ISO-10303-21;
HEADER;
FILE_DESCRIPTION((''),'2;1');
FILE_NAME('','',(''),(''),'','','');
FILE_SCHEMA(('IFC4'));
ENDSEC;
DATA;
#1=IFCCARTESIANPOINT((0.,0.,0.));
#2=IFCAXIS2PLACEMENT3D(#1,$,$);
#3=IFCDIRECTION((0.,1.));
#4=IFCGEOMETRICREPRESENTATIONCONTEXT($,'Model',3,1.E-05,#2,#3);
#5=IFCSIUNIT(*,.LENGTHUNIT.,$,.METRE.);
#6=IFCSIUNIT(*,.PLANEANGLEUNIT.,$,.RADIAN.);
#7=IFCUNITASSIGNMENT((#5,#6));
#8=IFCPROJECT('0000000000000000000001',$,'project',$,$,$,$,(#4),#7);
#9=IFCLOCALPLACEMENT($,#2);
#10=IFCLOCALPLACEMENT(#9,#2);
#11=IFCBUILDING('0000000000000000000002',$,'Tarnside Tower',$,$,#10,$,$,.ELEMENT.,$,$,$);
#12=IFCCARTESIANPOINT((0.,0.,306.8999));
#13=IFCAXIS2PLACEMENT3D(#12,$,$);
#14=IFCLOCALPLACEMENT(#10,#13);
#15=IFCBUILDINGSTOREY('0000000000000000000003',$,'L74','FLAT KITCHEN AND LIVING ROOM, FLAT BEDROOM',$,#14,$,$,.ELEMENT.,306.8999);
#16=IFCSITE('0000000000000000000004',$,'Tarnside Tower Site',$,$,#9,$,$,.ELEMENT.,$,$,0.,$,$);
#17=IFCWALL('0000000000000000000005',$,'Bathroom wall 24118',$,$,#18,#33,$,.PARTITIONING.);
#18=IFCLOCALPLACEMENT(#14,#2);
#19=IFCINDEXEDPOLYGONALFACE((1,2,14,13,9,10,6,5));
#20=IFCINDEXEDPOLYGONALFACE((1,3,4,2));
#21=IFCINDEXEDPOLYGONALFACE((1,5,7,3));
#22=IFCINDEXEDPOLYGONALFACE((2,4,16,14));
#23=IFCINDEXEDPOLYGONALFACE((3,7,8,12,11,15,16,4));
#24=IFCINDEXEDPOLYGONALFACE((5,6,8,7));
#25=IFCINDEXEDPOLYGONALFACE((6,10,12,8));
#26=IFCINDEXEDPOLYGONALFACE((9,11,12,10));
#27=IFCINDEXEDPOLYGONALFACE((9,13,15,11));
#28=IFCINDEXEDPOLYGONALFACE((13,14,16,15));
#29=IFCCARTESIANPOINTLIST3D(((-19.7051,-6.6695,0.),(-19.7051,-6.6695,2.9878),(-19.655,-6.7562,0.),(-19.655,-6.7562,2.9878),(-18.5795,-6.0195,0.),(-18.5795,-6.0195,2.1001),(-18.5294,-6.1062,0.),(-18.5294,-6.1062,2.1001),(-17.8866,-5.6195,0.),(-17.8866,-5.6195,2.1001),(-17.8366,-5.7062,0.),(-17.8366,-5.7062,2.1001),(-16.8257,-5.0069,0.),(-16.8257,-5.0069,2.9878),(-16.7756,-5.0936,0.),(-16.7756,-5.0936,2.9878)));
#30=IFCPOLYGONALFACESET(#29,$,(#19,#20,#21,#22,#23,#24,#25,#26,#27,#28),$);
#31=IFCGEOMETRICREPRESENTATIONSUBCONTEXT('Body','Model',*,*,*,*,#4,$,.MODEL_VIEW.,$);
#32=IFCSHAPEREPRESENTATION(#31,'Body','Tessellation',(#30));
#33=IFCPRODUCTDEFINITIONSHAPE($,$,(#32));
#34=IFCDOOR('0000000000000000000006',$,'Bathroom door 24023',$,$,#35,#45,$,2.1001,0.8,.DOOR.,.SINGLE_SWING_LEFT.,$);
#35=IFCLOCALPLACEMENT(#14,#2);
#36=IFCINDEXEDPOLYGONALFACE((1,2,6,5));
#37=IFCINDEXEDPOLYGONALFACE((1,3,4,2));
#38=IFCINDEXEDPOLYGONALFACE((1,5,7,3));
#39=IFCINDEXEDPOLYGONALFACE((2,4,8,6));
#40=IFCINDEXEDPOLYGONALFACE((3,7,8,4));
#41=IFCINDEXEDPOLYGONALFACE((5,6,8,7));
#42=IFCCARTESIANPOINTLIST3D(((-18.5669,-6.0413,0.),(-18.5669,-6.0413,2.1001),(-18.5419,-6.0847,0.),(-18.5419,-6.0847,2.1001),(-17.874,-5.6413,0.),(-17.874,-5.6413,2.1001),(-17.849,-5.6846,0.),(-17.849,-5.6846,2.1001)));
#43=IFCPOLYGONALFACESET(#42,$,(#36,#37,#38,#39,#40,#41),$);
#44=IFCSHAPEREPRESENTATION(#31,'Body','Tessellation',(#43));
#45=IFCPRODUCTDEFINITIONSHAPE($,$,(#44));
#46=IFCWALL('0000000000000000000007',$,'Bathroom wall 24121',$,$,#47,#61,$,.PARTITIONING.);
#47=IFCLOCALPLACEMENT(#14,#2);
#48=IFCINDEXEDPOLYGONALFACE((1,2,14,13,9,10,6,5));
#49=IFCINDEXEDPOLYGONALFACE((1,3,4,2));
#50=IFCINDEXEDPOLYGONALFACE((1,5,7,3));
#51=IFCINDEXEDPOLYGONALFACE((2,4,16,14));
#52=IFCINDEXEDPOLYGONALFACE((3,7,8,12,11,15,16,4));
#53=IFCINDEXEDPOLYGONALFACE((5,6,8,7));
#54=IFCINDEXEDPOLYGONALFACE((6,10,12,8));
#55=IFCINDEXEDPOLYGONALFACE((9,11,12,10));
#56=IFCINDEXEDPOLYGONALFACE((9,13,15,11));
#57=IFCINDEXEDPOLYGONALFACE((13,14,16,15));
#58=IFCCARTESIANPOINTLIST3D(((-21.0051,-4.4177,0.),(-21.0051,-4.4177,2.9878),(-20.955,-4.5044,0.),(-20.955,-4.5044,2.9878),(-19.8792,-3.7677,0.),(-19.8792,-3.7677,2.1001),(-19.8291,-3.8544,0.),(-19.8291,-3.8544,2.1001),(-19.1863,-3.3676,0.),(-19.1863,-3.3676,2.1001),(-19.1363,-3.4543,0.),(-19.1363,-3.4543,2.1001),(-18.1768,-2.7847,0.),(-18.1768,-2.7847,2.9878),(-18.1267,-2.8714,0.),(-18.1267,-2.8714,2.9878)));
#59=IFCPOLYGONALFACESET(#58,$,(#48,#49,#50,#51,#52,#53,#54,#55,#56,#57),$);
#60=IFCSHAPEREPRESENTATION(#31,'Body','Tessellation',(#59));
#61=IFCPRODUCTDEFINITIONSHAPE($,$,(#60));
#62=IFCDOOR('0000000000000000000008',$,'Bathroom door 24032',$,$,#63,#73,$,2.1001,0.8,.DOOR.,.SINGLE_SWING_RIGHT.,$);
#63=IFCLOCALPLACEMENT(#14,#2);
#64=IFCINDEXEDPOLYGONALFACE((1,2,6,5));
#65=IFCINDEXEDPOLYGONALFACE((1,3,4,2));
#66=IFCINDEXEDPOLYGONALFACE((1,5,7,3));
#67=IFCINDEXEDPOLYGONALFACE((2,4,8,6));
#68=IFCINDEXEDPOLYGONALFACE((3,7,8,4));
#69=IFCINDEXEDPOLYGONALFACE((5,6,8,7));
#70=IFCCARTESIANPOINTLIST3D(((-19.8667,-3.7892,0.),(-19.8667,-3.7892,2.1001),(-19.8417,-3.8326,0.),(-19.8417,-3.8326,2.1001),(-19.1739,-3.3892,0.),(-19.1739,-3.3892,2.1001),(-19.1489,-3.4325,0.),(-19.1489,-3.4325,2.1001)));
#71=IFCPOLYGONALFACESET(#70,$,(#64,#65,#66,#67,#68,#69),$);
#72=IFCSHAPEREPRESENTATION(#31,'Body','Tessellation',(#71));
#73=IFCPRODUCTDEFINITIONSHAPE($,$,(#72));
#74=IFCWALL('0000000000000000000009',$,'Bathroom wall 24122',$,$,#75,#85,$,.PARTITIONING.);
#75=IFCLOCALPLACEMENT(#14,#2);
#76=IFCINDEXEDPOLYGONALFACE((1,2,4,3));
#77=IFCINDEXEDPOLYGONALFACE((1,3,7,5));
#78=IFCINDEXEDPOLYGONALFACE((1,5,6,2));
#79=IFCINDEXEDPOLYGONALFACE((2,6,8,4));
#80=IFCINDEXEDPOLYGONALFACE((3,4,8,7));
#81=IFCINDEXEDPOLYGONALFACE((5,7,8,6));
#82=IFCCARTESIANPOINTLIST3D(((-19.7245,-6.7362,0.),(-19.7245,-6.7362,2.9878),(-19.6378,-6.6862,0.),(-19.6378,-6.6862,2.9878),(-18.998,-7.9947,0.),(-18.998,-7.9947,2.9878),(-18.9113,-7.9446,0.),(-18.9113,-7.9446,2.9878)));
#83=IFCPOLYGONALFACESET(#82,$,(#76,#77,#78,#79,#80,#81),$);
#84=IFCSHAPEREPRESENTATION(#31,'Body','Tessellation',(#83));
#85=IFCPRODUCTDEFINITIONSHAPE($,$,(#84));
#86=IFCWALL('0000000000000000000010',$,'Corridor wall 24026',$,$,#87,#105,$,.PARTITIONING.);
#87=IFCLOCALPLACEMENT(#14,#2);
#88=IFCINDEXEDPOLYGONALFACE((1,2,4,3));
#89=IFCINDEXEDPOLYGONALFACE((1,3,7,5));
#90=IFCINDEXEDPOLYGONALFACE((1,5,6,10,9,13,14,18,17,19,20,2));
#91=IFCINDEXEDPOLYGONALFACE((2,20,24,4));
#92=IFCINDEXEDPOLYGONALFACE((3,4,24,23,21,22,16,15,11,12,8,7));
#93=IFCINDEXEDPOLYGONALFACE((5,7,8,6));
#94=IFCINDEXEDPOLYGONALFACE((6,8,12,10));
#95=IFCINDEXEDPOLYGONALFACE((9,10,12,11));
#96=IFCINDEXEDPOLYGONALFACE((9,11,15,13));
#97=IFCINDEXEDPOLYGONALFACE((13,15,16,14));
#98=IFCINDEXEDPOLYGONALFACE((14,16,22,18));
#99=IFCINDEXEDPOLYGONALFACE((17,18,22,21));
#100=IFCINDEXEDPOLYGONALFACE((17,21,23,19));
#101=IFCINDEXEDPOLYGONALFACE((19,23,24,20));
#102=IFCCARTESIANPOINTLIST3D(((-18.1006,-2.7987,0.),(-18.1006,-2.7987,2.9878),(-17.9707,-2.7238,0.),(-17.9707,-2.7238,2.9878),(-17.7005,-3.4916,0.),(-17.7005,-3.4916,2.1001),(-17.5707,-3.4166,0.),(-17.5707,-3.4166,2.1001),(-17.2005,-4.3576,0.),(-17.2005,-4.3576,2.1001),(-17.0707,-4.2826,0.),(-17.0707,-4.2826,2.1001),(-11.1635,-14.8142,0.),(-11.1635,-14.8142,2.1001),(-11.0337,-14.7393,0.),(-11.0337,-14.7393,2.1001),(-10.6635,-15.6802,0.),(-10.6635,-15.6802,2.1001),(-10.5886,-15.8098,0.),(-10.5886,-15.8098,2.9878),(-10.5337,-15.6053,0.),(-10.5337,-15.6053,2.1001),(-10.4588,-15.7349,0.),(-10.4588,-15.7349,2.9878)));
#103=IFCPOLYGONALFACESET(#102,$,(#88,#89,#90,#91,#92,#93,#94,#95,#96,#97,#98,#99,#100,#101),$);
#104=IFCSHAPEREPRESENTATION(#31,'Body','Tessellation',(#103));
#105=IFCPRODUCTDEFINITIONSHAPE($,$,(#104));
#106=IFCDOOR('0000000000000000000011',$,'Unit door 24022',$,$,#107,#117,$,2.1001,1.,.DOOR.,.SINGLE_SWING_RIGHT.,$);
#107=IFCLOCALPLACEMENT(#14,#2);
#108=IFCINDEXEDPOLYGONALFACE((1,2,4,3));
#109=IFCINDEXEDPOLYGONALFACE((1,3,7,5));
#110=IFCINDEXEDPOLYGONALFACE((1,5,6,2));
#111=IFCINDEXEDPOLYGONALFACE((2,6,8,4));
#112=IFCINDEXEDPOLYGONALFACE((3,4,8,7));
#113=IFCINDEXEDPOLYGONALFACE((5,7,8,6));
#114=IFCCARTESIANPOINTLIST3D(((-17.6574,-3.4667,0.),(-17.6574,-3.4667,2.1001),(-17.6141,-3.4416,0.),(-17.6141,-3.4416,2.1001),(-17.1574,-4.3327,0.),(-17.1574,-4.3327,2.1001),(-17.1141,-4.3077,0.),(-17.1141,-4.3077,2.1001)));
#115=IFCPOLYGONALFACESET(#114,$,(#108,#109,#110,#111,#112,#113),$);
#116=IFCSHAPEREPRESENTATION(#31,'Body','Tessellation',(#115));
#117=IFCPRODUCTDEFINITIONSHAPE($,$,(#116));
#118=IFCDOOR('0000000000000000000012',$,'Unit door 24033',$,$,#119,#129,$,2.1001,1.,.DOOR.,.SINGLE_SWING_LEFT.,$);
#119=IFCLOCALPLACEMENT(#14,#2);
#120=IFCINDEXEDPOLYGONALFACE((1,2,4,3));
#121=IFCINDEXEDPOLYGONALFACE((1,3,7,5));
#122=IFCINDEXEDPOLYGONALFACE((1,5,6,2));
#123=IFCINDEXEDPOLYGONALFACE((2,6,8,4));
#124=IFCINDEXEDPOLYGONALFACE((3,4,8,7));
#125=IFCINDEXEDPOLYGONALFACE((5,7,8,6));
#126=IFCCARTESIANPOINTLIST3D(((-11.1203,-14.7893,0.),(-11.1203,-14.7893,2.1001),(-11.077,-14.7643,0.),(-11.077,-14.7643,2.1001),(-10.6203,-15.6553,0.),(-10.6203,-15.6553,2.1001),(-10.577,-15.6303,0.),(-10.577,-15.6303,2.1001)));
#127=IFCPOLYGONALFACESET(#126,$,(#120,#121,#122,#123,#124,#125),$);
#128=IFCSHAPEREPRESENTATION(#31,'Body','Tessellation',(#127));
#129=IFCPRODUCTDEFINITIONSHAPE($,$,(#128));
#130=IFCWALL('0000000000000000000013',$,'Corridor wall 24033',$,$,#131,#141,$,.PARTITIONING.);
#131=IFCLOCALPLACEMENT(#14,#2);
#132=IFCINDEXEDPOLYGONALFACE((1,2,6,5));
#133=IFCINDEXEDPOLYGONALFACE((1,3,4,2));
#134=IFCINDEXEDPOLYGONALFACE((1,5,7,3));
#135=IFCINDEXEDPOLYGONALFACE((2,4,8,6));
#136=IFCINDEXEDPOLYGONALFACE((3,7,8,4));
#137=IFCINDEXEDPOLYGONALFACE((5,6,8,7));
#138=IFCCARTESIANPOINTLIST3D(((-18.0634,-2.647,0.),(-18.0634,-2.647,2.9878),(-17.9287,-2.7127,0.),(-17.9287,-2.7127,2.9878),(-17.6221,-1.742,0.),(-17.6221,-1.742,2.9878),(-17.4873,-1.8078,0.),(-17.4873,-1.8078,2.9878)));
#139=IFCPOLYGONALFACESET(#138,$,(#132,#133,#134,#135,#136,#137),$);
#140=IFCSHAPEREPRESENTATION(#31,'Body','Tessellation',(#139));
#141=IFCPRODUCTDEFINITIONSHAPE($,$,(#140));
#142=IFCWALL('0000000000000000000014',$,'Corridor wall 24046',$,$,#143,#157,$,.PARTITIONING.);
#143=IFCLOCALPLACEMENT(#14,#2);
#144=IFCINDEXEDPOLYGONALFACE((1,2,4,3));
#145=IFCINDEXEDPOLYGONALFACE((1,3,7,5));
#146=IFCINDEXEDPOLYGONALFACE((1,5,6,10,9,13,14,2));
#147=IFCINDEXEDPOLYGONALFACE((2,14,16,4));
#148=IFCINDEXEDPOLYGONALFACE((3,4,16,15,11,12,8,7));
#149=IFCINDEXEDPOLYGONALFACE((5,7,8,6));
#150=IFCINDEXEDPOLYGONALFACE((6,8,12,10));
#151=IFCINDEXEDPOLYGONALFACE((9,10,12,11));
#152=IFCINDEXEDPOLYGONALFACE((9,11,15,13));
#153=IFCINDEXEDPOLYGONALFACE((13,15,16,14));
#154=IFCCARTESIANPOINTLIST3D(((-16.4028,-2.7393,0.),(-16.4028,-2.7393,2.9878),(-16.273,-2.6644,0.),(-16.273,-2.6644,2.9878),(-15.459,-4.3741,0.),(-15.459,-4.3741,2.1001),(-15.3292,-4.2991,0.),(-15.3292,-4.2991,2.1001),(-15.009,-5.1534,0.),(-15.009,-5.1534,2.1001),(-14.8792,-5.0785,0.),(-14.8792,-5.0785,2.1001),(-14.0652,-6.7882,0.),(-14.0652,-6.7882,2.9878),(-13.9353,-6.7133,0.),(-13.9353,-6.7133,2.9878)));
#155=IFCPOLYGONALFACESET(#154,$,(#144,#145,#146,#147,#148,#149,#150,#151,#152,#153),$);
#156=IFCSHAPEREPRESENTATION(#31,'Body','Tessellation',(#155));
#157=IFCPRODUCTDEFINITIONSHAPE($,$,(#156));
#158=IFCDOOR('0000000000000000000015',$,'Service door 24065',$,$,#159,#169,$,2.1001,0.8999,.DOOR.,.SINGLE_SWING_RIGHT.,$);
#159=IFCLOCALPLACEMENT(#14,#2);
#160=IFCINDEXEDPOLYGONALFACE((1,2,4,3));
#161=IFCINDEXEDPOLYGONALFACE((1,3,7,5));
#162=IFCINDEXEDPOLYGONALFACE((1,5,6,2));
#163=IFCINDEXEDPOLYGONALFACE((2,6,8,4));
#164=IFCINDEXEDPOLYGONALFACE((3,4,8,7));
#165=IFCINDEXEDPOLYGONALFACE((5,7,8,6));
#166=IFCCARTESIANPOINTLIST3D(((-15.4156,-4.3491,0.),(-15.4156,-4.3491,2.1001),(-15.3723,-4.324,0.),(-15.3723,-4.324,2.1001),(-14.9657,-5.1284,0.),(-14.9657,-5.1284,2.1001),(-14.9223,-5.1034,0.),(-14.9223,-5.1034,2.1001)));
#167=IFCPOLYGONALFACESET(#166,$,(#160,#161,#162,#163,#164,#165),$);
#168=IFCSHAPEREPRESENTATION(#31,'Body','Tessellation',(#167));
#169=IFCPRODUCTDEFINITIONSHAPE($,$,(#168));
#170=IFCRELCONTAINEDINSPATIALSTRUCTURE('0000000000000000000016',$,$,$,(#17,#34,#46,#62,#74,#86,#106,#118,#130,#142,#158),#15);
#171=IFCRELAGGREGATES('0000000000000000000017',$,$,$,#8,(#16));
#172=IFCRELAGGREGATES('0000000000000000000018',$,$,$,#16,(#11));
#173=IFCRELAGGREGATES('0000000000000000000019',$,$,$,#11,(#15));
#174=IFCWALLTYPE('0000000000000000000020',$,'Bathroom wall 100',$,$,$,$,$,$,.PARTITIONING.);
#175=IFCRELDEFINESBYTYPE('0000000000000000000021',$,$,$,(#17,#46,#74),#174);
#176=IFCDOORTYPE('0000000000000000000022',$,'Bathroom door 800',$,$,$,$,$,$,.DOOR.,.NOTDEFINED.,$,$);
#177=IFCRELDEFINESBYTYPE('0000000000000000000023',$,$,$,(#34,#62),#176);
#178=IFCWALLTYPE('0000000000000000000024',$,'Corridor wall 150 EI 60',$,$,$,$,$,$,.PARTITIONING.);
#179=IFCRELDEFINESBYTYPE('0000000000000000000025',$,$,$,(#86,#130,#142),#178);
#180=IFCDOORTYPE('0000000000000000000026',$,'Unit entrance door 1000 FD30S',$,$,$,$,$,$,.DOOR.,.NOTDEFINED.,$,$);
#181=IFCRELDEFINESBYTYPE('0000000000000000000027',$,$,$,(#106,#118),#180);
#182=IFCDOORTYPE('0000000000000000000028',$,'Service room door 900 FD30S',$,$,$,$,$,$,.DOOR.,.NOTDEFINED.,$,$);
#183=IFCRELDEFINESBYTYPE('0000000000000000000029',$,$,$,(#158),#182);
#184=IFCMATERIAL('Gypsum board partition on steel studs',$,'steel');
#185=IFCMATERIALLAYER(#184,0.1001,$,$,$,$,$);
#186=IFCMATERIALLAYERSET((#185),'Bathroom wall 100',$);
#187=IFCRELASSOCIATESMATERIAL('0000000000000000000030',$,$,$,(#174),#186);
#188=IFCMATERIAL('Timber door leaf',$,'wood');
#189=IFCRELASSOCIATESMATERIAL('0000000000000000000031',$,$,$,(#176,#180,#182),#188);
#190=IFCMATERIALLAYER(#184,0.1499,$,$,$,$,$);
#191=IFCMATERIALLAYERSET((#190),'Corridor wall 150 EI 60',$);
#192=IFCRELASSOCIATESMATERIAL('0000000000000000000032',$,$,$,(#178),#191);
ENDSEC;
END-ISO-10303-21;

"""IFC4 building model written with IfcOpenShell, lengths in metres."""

from ifc_helpers import new_model, si_unit, direction, frame, frame_2d, origin, place, context, subcontext, project, spatial, rectangle, extrude, material, layer, layer_set, type_object, element, fill, save


model = new_model("IFC4")

# Units and contexts
model_context = context("Model", 3, precision=1e-05, world=origin(), true_north=direction((0.0, 1.0)))
body_context = subcontext(model_context, "Body", "Model", "MODEL_VIEW")
ifc_project = project(units=[si_unit("LENGTHUNIT", "METRE"), si_unit("PLANEANGLEUNIT", "RADIAN")], contexts=[model_context])

# Site, building, storey
site_placement = place(None, origin())
site = spatial("IfcSite", under=ifc_project, at=site_placement, Name="Tarnside Tower Site", CompositionType="ELEMENT", RefElevation=0.0)
building_placement = place(site_placement, origin())
building = spatial("IfcBuilding", under=site, at=building_placement, Name="Tarnside Tower", CompositionType="ELEMENT")
storey_placement = place(building_placement, frame((0.0, 0.0, 306.8999)))
storey = spatial("IfcBuildingStorey", under=building, at=storey_placement, Name="L74", Description="FLAT KITCHEN AND LIVING ROOM, FLAT BEDROOM", CompositionType="ELEMENT", Elevation=306.8999)

# Walls, openings, doors
ifc_material_1 = material(Name="Gypsum board partition on steel studs", Category="steel")
ifc_layer_1 = layer(ifc_material_1, 0.1001)
ifc_layer_set_1 = layer_set([ifc_layer_1], Name="Bathroom wall 100")
wall_type_1 = type_object("IfcWallType", Name="Bathroom wall 100", PredefinedType="PARTITIONING", material=ifc_layer_set_1)
wall_1_placement = place(storey_placement, frame((-19.6802, -6.7129, 0.0), z_axis=(0.0, 0.0, 1.0), x_axis=(0.866002, 0.50004, 0.0)))
wall_1 = element("IfcWall", 1, at=wall_1_placement, inside=storey, type_object=wall_type_1, Name="Bathroom wall 24118", PredefinedType="PARTITIONING", context=body_context, shape_type="SweptSolid", body=[
    extrude(rectangle(XDim=3.325, YDim=0.1001, at=frame_2d((1.6626, 0.0))), origin(), (0.0, 0.0, 1.0), 2.9878),
])
opening_1_placement = place(wall_1_placement, frame((1.3, 0.0, 0.0)))
opening_1 = element("IfcOpeningElement", 2, at=opening_1_placement, cuts=wall_1, PredefinedType="OPENING", context=body_context, shape_type="SweptSolid", body=[
    extrude(rectangle(XDim=0.8, YDim=2.1001, at=frame_2d((0.3999, 1.05))), frame((0.0, 0.0601, 0.0), z_axis=(0.0, -1.0, 0.0), x_axis=(1.0, 0.0, 0.0)), (0.0, 0.0, 1.0), 0.1201),
])
ifc_material_2 = material(Name="Timber door leaf", Category="wood")
door_type_1 = type_object("IfcDoorType", Name="Bathroom door 800", OperationType="NOTDEFINED", PredefinedType="DOOR", material=ifc_material_2)
door_1_placement = place(opening_1_placement, origin())
door_1 = element("IfcDoor", 3, at=door_1_placement, inside=storey, type_object=door_type_1, Name="Bathroom door 24023", OperationType="SINGLE_SWING_LEFT", OverallHeight=2.1001, OverallWidth=0.8, PredefinedType="DOOR", context=body_context, shape_type="SweptSolid", body=[
    extrude(rectangle(XDim=0.8, YDim=2.1001, at=frame_2d((0.3999, 1.05))), frame((0.0, 0.0249, 0.0), z_axis=(0.0, -1.0, 0.0), x_axis=(1.0, 0.0, 0.0)), (0.0, 0.0, 1.0), 0.05),
])
fill(opening_1, door_1)
wall_2_placement = place(storey_placement, frame((-18.1519, -2.8281, 0.0), z_axis=(0.0, 0.0, 1.0), x_axis=(-0.866013, -0.500022, 0.0)))
wall_2 = element("IfcWall", 4, at=wall_2_placement, inside=storey, type_object=wall_type_1, Name="Bathroom wall 24121", PredefinedType="PARTITIONING", context=body_context, shape_type="SweptSolid", body=[
    extrude(rectangle(XDim=3.2659, YDim=0.1001, at=frame_2d((1.6328, 0.0))), origin(), (0.0, 0.0, 1.0), 2.9878),
])
opening_2_placement = place(wall_2_placement, frame((1.1658, 0.0, 0.0)))
opening_2 = element("IfcOpeningElement", 5, at=opening_2_placement, cuts=wall_2, PredefinedType="OPENING", context=body_context, shape_type="SweptSolid", body=[
    extrude(rectangle(XDim=0.8, YDim=2.1001, at=frame_2d((0.3999, 1.05))), frame((0.0, 0.0601, 0.0), z_axis=(0.0, -1.0, 0.0), x_axis=(1.0, 0.0, 0.0)), (0.0, 0.0, 1.0), 0.1201),
])
door_2_placement = place(opening_2_placement, origin())
door_2 = element("IfcDoor", 6, at=door_2_placement, inside=storey, type_object=door_type_1, Name="Bathroom door 24032", OperationType="SINGLE_SWING_RIGHT", OverallHeight=2.1001, OverallWidth=0.8, PredefinedType="DOOR", context=body_context, shape_type="SweptSolid", body=[
    extrude(rectangle(XDim=0.8, YDim=2.1001, at=frame_2d((0.3999, 1.05))), frame((0.0, 0.0249, 0.0), z_axis=(0.0, -1.0, 0.0), x_axis=(1.0, 0.0, 0.0)), (0.0, 0.0, 1.0), 0.05),
])
fill(opening_2, door_2)

# Wall
wall_3_placement = place(storey_placement, frame((-19.6812, -6.7112, 0.0), z_axis=(0.0, 0.0, 1.0), x_axis=(0.49997, -0.866043, 0.0)))
element("IfcWall", 7, at=wall_3_placement, inside=storey, type_object=wall_type_1, Name="Bathroom wall 24122", PredefinedType="PARTITIONING", context=body_context, shape_type="SweptSolid", body=[
    extrude(rectangle(XDim=1.4531, YDim=0.1001, at=frame_2d((0.7266, 0.0))), origin(), (0.0, 0.0, 1.0), 2.9878),
])

# Wall, openings, doors
ifc_layer_2 = layer(ifc_material_1, 0.1499)
ifc_layer_set_2 = layer_set([ifc_layer_2], Name="Corridor wall 150 EI 60")
wall_type_2 = type_object("IfcWallType", Name="Corridor wall 150 EI 60", PredefinedType="PARTITIONING", material=ifc_layer_set_2)
wall_4_placement = place(storey_placement, frame((-18.0356, -2.7612, 0.0), z_axis=(0.0, 0.0, 1.0), x_axis=(0.499996, -0.866028, 0.0)))
wall_4 = element("IfcWall", 8, at=wall_4_placement, inside=storey, type_object=wall_type_2, Name="Corridor wall 24026", PredefinedType="PARTITIONING", context=body_context, shape_type="SweptSolid", body=[
    extrude(rectangle(XDim=15.0239, YDim=0.1499, at=frame_2d((7.512, 0.0))), origin(), (0.0, 0.0, 1.0), 2.9878),
])
opening_3_placement = place(wall_4_placement, frame((0.8, 0.0, 0.0)))
opening_3 = element("IfcOpeningElement", 9, at=opening_3_placement, cuts=wall_4, PredefinedType="OPENING", context=body_context, shape_type="SweptSolid", body=[
    extrude(rectangle(XDim=1.0, YDim=2.1001, at=frame_2d((0.5, 1.05))), frame((0.0, 0.085, 0.0), z_axis=(0.0, -1.0, 0.0), x_axis=(1.0, 0.0, 0.0)), (0.0, 0.0, 1.0), 0.1699),
])
opening_4_placement = place(wall_4_placement, frame((13.8743, 0.0, 0.0)))
opening_4 = element("IfcOpeningElement", 10, at=opening_4_placement, cuts=wall_4, PredefinedType="OPENING", context=body_context, shape_type="SweptSolid", body=[
    extrude(rectangle(XDim=1.0, YDim=2.1001, at=frame_2d((0.5, 1.05))), frame((0.0, 0.085, 0.0), z_axis=(0.0, -1.0, 0.0), x_axis=(1.0, 0.0, 0.0)), (0.0, 0.0, 1.0), 0.1699),
])
door_type_2 = type_object("IfcDoorType", Name="Unit entrance door 1000 FD30S", OperationType="NOTDEFINED", PredefinedType="DOOR", material=ifc_material_2)
door_3_placement = place(opening_3_placement, origin())
door_3 = element("IfcDoor", 11, at=door_3_placement, inside=storey, type_object=door_type_2, Name="Unit door 24022", OperationType="SINGLE_SWING_RIGHT", OverallHeight=2.1001, OverallWidth=1.0, PredefinedType="DOOR", context=body_context, shape_type="SweptSolid", body=[
    extrude(rectangle(XDim=1.0, YDim=2.1001, at=frame_2d((0.5, 1.05))), frame((0.0, 0.0249, 0.0), z_axis=(0.0, -1.0, 0.0), x_axis=(1.0, 0.0, 0.0)), (0.0, 0.0, 1.0), 0.05),
])
fill(opening_3, door_3)
door_4_placement = place(opening_4_placement, origin())
door_4 = element("IfcDoor", 12, at=door_4_placement, inside=storey, type_object=door_type_2, Name="Unit door 24033", OperationType="SINGLE_SWING_LEFT", OverallHeight=2.1001, OverallWidth=1.0, PredefinedType="DOOR", context=body_context, shape_type="SweptSolid", body=[
    extrude(rectangle(XDim=1.0, YDim=2.1001, at=frame_2d((0.5, 1.05))), frame((0.0, 0.0249, 0.0), z_axis=(0.0, -1.0, 0.0), x_axis=(1.0, 0.0, 0.0)), (0.0, 0.0, 1.0), 0.05),
])
fill(opening_4, door_4)

# Wall
wall_5_placement = place(storey_placement, frame((-17.5547, -1.7749, 0.0), z_axis=(0.0, 0.0, 1.0), x_axis=(-0.438366, -0.898796, 0.0)))
element("IfcWall", 13, at=wall_5_placement, inside=storey, type_object=wall_type_2, Name="Corridor wall 24033", PredefinedType="PARTITIONING", context=body_context, shape_type="SweptSolid", body=[
    extrude(rectangle(XDim=1.0068, YDim=0.1499, at=frame_2d((0.5034, 0.0))), origin(), (0.0, 0.0, 1.0), 2.9878),
])

# Wall, opening, door
wall_6_placement = place(storey_placement, frame((-14.0002, -6.7507, 0.0), z_axis=(0.0, 0.0, 1.0), x_axis=(-0.500009, 0.86602, 0.0)))
wall_6 = element("IfcWall", 14, at=wall_6_placement, inside=storey, type_object=wall_type_2, Name="Corridor wall 24046", PredefinedType="PARTITIONING", context=body_context, shape_type="SweptSolid", body=[
    extrude(rectangle(XDim=4.6753, YDim=0.1499, at=frame_2d((2.3376, 0.0))), origin(), (0.0, 0.0, 1.0), 2.9878),
])
opening_5_placement = place(wall_6_placement, frame((1.8877, 0.0, 0.0)))
opening_5 = element("IfcOpeningElement", 15, at=opening_5_placement, cuts=wall_6, PredefinedType="OPENING", context=body_context, shape_type="SweptSolid", body=[
    extrude(rectangle(XDim=0.8999, YDim=2.1001, at=frame_2d((0.45, 1.05))), frame((0.0, 0.085, 0.0), z_axis=(0.0, -1.0, 0.0), x_axis=(1.0, 0.0, 0.0)), (0.0, 0.0, 1.0), 0.1699),
])
door_type_3 = type_object("IfcDoorType", Name="Service room door 900 FD30S", OperationType="NOTDEFINED", PredefinedType="DOOR", material=ifc_material_2)
door_5_placement = place(opening_5_placement, origin())
door_5 = element("IfcDoor", 16, at=door_5_placement, inside=storey, type_object=door_type_3, Name="Service door 24065", OperationType="SINGLE_SWING_RIGHT", OverallHeight=2.1001, OverallWidth=0.8999, PredefinedType="DOOR", context=body_context, shape_type="SweptSolid", body=[
    extrude(rectangle(XDim=0.8999, YDim=2.1001, at=frame_2d((0.45, 1.05))), frame((0.0, 0.0249, 0.0), z_axis=(0.0, -1.0, 0.0), x_axis=(1.0, 0.0, 0.0)), (0.0, 0.0, 1.0), 0.05),
])
fill(opening_5, door_5)

save(model, "model.ifc")
